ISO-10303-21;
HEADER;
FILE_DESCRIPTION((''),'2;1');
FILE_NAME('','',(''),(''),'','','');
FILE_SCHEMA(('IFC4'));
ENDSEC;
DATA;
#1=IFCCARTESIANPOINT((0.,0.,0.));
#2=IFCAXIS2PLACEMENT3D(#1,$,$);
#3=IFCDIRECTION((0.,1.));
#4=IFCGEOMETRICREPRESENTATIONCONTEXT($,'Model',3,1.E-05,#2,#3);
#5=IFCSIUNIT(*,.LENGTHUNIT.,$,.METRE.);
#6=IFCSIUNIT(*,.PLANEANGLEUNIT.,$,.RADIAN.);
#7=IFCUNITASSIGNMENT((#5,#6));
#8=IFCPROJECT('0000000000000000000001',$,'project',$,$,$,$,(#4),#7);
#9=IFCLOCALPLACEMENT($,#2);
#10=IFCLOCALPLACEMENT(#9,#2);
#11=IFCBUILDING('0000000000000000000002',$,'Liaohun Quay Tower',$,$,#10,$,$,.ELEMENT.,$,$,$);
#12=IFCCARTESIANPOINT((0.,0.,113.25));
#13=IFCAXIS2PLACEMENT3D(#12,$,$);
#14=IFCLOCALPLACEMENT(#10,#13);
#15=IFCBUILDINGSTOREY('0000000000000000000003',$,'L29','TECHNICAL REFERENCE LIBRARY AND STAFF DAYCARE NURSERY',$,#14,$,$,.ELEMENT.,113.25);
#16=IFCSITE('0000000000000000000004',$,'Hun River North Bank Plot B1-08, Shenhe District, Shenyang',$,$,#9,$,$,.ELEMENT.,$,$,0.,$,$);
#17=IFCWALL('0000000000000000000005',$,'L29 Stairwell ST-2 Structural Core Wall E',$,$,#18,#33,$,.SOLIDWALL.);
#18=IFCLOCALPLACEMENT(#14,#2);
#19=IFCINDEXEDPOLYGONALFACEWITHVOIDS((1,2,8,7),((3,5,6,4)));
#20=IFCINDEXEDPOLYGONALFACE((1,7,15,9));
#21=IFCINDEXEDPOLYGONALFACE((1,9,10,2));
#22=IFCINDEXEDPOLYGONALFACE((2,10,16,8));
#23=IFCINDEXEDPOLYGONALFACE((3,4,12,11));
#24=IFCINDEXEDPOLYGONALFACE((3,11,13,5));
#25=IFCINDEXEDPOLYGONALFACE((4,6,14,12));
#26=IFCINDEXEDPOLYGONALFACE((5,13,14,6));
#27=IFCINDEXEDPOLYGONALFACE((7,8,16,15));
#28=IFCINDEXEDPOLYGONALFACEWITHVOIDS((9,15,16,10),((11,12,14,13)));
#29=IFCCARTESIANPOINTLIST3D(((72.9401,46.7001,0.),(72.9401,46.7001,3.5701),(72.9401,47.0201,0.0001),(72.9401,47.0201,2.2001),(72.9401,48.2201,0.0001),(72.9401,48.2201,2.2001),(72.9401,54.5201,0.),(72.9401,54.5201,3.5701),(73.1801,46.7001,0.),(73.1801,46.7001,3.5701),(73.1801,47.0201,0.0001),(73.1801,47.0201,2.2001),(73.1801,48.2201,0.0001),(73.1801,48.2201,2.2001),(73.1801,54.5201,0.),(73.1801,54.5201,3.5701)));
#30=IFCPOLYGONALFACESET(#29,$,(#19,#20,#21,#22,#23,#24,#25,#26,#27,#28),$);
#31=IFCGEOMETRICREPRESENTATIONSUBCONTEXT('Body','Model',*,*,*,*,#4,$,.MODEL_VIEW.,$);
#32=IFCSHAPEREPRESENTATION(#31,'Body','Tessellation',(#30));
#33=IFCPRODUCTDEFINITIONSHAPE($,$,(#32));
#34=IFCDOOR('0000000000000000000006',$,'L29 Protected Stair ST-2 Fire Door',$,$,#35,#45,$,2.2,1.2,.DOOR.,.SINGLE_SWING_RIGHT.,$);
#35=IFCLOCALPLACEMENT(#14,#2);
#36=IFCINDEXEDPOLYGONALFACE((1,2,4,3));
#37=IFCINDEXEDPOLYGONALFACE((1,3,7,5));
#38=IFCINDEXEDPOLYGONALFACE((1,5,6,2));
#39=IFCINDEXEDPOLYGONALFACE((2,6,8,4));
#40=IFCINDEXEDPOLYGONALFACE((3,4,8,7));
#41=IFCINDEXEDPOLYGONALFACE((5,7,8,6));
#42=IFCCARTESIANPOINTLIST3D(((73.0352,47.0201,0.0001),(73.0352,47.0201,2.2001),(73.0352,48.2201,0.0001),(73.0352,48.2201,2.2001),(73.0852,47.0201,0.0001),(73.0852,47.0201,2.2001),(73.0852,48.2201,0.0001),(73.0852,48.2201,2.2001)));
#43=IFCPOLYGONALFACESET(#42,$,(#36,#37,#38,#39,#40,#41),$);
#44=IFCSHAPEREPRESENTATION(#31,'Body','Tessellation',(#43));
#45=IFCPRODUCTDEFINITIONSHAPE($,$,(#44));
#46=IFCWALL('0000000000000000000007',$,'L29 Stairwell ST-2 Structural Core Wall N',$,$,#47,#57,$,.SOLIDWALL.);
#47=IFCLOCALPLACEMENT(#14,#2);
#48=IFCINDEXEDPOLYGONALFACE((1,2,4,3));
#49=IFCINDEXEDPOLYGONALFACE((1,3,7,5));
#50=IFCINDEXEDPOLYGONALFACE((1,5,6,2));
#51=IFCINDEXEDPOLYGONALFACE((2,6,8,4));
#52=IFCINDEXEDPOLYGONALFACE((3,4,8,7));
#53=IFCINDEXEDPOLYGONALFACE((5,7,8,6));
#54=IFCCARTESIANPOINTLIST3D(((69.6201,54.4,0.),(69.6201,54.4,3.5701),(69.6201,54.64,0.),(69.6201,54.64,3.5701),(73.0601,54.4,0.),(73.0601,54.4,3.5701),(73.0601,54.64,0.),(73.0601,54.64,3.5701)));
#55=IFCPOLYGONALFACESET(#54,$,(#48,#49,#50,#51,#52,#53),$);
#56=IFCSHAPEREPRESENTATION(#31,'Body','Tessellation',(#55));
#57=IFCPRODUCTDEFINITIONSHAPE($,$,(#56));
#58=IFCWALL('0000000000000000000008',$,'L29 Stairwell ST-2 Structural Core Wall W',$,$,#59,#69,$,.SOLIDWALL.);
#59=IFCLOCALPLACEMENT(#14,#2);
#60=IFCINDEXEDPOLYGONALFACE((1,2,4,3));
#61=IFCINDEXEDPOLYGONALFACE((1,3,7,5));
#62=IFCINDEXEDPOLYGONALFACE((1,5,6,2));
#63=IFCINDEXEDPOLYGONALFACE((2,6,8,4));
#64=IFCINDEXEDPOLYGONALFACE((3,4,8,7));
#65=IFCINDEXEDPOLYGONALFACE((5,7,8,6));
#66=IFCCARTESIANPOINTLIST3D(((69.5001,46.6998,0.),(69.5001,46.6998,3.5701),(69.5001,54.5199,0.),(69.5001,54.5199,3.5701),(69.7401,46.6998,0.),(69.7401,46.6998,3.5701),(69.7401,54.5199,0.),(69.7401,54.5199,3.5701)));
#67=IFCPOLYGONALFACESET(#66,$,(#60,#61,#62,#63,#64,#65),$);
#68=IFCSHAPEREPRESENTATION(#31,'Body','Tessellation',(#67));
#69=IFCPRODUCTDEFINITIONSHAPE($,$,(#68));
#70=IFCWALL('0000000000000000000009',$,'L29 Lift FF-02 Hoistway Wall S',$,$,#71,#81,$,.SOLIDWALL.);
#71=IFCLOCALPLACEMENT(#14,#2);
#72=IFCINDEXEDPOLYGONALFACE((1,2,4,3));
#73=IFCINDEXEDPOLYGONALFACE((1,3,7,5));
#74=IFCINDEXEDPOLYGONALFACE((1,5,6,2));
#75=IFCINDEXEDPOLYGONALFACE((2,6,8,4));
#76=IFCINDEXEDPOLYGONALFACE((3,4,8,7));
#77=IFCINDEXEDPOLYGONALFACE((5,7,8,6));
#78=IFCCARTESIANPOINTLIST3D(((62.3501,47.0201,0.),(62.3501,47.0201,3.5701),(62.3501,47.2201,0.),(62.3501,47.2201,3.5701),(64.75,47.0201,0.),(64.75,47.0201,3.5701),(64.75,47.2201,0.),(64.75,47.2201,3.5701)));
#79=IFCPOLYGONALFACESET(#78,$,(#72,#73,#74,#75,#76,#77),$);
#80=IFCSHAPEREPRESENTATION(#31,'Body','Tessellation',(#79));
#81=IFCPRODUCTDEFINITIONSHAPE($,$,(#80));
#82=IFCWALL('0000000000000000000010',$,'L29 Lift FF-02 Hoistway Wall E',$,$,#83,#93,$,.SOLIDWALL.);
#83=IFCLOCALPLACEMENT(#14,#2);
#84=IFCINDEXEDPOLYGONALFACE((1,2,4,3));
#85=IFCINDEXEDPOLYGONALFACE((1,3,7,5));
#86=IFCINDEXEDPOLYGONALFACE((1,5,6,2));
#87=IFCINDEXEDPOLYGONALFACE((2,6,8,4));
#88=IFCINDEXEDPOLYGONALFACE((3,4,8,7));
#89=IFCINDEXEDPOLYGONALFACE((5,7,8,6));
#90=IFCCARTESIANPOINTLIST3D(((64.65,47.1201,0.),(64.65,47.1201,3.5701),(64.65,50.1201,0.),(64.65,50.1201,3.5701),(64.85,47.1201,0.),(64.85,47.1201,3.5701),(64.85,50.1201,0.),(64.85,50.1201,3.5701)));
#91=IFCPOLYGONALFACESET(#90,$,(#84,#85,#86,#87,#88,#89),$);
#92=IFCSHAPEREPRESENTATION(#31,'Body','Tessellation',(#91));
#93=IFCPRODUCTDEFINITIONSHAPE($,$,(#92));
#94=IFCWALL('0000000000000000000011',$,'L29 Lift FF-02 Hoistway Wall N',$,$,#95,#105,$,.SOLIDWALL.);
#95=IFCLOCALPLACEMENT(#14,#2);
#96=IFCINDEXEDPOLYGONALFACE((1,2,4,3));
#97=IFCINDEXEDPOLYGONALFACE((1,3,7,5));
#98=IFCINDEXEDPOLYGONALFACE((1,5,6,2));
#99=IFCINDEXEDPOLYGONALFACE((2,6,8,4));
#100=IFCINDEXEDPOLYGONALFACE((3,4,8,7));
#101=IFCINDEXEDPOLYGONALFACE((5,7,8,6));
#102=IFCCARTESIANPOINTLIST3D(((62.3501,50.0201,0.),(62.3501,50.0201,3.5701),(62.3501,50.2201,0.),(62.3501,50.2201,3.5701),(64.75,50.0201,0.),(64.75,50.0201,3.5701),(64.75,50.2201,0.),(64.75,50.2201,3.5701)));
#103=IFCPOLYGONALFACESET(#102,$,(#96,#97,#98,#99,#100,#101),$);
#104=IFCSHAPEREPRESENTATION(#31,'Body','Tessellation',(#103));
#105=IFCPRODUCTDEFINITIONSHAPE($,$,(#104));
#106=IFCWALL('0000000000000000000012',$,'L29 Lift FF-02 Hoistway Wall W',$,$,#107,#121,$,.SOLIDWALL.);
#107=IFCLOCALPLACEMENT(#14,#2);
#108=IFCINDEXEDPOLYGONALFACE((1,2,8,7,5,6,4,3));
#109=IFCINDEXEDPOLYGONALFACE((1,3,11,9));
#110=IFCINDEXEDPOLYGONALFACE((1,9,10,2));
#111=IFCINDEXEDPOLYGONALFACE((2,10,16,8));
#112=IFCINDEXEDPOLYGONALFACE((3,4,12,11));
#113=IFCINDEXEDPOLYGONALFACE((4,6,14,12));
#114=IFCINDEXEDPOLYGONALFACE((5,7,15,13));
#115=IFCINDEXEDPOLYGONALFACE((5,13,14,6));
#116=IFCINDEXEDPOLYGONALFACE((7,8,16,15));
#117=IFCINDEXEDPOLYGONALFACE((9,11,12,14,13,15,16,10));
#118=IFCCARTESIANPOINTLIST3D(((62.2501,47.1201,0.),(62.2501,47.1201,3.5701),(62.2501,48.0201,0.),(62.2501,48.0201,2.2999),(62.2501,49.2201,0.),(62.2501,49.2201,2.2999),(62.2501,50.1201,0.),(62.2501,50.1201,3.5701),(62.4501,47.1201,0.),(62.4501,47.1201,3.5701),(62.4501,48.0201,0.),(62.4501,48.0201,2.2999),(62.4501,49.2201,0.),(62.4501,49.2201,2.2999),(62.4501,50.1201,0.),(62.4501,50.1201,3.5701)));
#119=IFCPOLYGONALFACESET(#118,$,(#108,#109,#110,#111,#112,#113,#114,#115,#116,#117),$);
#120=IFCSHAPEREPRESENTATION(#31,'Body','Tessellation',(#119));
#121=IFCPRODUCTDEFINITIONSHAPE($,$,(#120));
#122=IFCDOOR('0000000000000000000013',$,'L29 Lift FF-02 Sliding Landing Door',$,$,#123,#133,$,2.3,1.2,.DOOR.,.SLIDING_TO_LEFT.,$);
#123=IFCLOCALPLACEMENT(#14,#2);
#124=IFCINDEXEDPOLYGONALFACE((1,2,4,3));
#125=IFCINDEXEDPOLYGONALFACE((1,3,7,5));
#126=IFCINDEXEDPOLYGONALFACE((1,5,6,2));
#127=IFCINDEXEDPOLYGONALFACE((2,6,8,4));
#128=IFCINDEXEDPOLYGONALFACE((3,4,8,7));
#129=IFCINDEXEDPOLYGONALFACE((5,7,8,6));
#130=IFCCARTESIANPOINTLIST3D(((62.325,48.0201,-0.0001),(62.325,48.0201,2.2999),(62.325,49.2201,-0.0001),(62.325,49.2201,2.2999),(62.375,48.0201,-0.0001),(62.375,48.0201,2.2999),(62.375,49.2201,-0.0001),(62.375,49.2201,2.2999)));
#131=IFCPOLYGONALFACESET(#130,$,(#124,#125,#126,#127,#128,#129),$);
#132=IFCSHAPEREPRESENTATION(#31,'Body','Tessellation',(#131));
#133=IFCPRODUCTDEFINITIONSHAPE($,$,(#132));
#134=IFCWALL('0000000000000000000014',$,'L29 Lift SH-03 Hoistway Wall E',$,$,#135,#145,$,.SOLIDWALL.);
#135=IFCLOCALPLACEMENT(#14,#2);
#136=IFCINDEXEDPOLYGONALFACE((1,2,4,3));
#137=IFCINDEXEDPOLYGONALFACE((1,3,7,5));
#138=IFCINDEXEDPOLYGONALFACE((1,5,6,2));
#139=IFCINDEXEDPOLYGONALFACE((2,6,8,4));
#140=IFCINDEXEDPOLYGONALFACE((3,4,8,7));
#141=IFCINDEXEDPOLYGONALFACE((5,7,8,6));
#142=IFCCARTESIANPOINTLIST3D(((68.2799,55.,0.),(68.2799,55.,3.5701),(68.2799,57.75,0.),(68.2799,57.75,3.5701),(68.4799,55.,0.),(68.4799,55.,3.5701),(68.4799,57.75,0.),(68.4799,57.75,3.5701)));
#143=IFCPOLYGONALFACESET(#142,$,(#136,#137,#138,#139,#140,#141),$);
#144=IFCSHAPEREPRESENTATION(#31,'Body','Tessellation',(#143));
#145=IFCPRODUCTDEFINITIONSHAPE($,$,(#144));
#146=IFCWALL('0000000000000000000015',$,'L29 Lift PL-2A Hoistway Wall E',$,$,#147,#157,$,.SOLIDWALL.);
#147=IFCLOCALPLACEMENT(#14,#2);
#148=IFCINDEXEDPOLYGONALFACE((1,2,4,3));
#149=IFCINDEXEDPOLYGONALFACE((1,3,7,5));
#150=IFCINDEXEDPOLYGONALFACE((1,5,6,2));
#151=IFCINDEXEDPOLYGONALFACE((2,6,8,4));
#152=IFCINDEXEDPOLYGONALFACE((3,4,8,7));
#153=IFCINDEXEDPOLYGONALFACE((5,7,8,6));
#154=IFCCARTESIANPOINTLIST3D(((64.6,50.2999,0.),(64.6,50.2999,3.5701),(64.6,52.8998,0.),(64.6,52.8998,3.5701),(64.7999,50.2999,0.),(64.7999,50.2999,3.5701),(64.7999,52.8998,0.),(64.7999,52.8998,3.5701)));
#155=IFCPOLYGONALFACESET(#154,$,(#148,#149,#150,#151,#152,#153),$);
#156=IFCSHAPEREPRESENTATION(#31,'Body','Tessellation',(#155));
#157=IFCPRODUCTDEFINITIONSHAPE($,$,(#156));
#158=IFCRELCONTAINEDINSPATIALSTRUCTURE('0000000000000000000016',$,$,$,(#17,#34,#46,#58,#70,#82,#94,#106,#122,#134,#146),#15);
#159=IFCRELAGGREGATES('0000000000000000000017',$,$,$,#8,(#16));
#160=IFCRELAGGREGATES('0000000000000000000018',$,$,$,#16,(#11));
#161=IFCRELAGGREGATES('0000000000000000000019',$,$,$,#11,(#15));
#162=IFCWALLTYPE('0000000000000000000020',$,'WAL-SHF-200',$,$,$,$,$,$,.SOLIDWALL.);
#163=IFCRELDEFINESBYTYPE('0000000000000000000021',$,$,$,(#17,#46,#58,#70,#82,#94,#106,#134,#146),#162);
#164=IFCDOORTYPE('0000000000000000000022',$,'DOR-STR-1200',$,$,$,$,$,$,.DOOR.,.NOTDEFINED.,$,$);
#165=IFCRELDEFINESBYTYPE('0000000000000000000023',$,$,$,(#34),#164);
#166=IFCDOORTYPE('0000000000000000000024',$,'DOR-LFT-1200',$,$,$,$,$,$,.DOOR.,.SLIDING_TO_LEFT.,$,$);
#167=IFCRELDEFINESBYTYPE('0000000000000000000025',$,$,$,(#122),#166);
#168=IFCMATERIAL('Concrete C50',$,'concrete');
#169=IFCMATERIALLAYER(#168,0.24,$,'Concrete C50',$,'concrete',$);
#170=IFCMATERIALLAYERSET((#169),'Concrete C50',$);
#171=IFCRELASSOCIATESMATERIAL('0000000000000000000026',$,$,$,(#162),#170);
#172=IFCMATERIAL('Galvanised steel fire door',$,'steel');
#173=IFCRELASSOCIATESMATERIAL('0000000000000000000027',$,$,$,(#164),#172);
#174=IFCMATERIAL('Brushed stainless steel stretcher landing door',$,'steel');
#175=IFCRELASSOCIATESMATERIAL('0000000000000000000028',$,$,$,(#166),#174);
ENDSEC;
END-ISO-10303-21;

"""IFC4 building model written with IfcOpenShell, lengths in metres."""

from ifc_helpers import new_model, si_unit, direction, frame, frame_2d, origin, place, context, subcontext, project, spatial, rectangle, extrude, source, transform, mapped, material, layer, layer_set, type_object, element, fill, save


model = new_model("IFC4")

# Units and contexts
model_context = context("Model", 3, precision=1e-05, world=origin(), true_north=direction((0.0, 1.0)))
body_context = subcontext(model_context, "Body", "Model", "MODEL_VIEW")
ifc_project = project(units=[si_unit("LENGTHUNIT", "METRE"), si_unit("PLANEANGLEUNIT", "RADIAN")], contexts=[model_context])

# Site, building, storey
site_placement = place(None, origin())
site = spatial("IfcSite", under=ifc_project, at=site_placement, Name="Hun River North Bank Plot B1-08, Shenhe District, Shenyang", CompositionType="ELEMENT", RefElevation=0.0)
building_placement = place(site_placement, origin())
building = spatial("IfcBuilding", under=site, at=building_placement, Name="Liaohun Quay Tower", CompositionType="ELEMENT")
storey_placement = place(building_placement, frame((0.0, 0.0, 113.25)))
storey = spatial("IfcBuildingStorey", under=building, at=storey_placement, Name="L29", Description="TECHNICAL REFERENCE LIBRARY AND STAFF DAYCARE NURSERY", CompositionType="ELEMENT", Elevation=113.25)

# Wall, opening, door
ifc_material_1 = material(Name="Concrete C50", Category="concrete")
ifc_layer_1 = layer(ifc_material_1, 0.24, Name="Concrete C50", Category="concrete")
ifc_layer_set_1 = layer_set([ifc_layer_1], Name="Concrete C50")
wall_type_1 = type_object("IfcWallType", Name="WAL-SHF-200", PredefinedType="SOLIDWALL", material=ifc_layer_set_1)
wall_1_placement = place(storey_placement, frame((73.0601, 46.7, 0.0), z_axis=(0.0, 0.0, 1.0), x_axis=(0.0, 1.0, 0.0)))
wall_1 = element("IfcWall", 1, at=wall_1_placement, inside=storey, type_object=wall_type_1, Name="L29 Stairwell ST-2 Structural Core Wall E", PredefinedType="SOLIDWALL", context=body_context, shape_type="SweptSolid", body=[
    extrude(rectangle(XDim=7.8201, YDim=0.24, at=frame_2d((3.9102, 0.0))), origin(), (0.0, 0.0, 1.0), 3.5701),
])
shared_shape_1 = source(origin(), body_context, "Body", "SweptSolid", [
    extrude(rectangle(XDim=1.2, YDim=2.2, at=frame_2d((0.6001, 1.1001))), frame((0.0, 0.1299, 0.0), z_axis=(0.0, -1.0, 0.0), x_axis=(1.0, 0.0, 0.0)), (0.0, 0.0, 1.0), 0.26),
])
opening_1_placement = place(wall_1_placement, frame((0.3201, 0.0, 0.0)))
opening_1 = element("IfcOpeningElement", 2, at=opening_1_placement, cuts=wall_1, PredefinedType="OPENING", context=body_context, shape_type="MappedRepresentation", body=[
    mapped(shared_shape_1, transform((0.0, 0.0, 0.0), x_axis=(1.0, 0.0, 0.0), y_axis=(0.0, 1.0, 0.0), z_axis=(0.0, 0.0, 1.0), scale=1.0)),
])
ifc_material_2 = material(Name="Galvanised steel fire door", Category="steel")
door_type_1 = type_object("IfcDoorType", Name="DOR-STR-1200", OperationType="NOTDEFINED", PredefinedType="DOOR", material=ifc_material_2)
shared_shape_2 = source(origin(), body_context, "Body", "SweptSolid", [
    extrude(rectangle(XDim=1.2, YDim=2.2, at=frame_2d((0.6001, 1.1001))), frame((0.0, 0.0249, 0.0), z_axis=(0.0, -1.0, 0.0), x_axis=(1.0, 0.0, 0.0)), (0.0, 0.0, 1.0), 0.05),
])
door_1_placement = place(opening_1_placement, origin())
door_1 = element("IfcDoor", 3, at=door_1_placement, inside=storey, type_object=door_type_1, Name="L29 Protected Stair ST-2 Fire Door", OperationType="SINGLE_SWING_RIGHT", OverallHeight=2.2, OverallWidth=1.2, PredefinedType="DOOR", context=body_context, shape_type="MappedRepresentation", body=[
    mapped(shared_shape_2, transform((0.0, 0.0, 0.0), x_axis=(1.0, 0.0, 0.0), y_axis=(0.0, 1.0, 0.0), z_axis=(0.0, 0.0, 1.0), scale=1.0)),
])
fill(opening_1, door_1)

# Walls
wall_2_placement = place(storey_placement, frame((73.0601, 54.52, 0.0), z_axis=(0.0, 0.0, 1.0), x_axis=(-1.0, 0.0, 0.0)))
element("IfcWall", 4, at=wall_2_placement, inside=storey, type_object=wall_type_1, Name="L29 Stairwell ST-2 Structural Core Wall N", PredefinedType="SOLIDWALL", context=body_context, shape_type="SweptSolid", body=[
    extrude(rectangle(XDim=3.4399, YDim=0.24, at=frame_2d((1.72, 0.0))), origin(), (0.0, 0.0, 1.0), 3.5701),
])
wall_3_placement = place(storey_placement, frame((69.6201, 54.52, 0.0), z_axis=(0.0, 0.0, 1.0), x_axis=(0.0, -1.0, 0.0)))
element("IfcWall", 5, at=wall_3_placement, inside=storey, type_object=wall_type_1, Name="L29 Stairwell ST-2 Structural Core Wall W", PredefinedType="SOLIDWALL", context=body_context, shape_type="SweptSolid", body=[
    extrude(rectangle(XDim=7.8201, YDim=0.24, at=frame_2d((3.9102, 0.0))), origin(), (0.0, 0.0, 1.0), 3.5701),
])
wall_4_placement = place(storey_placement, frame((62.3501, 47.1201, 0.0), z_axis=(0.0, 0.0, 1.0), x_axis=(1.0, 0.0, 0.0)))
element("IfcWall", 6, at=wall_4_placement, inside=storey, type_object=wall_type_1, Name="L29 Lift FF-02 Hoistway Wall S", PredefinedType="SOLIDWALL", context=body_context, shape_type="SweptSolid", body=[
    extrude(rectangle(XDim=2.3999, YDim=0.2, at=frame_2d((1.2, 0.0))), origin(), (0.0, 0.0, 1.0), 3.5701),
])
wall_5_placement = place(storey_placement, frame((64.75, 47.1201, 0.0), z_axis=(0.0, 0.0, 1.0), x_axis=(0.0, 1.0, 0.0)))
element("IfcWall", 7, at=wall_5_placement, inside=storey, type_object=wall_type_1, Name="L29 Lift FF-02 Hoistway Wall E", PredefinedType="SOLIDWALL", context=body_context, shape_type="SweptSolid", body=[
    extrude(rectangle(XDim=3.0, YDim=0.2, at=frame_2d((1.5, 0.0))), origin(), (0.0, 0.0, 1.0), 3.5701),
])
wall_6_placement = place(storey_placement, frame((64.75, 50.1201, 0.0), z_axis=(0.0, 0.0, 1.0), x_axis=(-1.0, 0.0, 0.0)))
element("IfcWall", 8, at=wall_6_placement, inside=storey, type_object=wall_type_1, Name="L29 Lift FF-02 Hoistway Wall N", PredefinedType="SOLIDWALL", context=body_context, shape_type="SweptSolid", body=[
    extrude(rectangle(XDim=2.3999, YDim=0.2, at=frame_2d((1.2, 0.0))), origin(), (0.0, 0.0, 1.0), 3.5701),
])

# Wall, opening, door
wall_7_placement = place(storey_placement, frame((62.3501, 50.1201, 0.0), z_axis=(0.0, 0.0, 1.0), x_axis=(0.0, -1.0, 0.0)))
wall_7 = element("IfcWall", 9, at=wall_7_placement, inside=storey, type_object=wall_type_1, Name="L29 Lift FF-02 Hoistway Wall W", PredefinedType="SOLIDWALL", context=body_context, shape_type="SweptSolid", body=[
    extrude(rectangle(XDim=3.0, YDim=0.2, at=frame_2d((1.5, 0.0))), origin(), (0.0, 0.0, 1.0), 3.5701),
])
shared_shape_3 = source(origin(), body_context, "Body", "SweptSolid", [
    extrude(rectangle(XDim=1.2, YDim=2.3, at=frame_2d((0.6001, 1.1499))), frame((0.0, 0.1099, 0.0), z_axis=(0.0, -1.0, 0.0), x_axis=(1.0, 0.0, 0.0)), (0.0, 0.0, 1.0), 0.22),
])
opening_2_placement = place(wall_7_placement, frame((0.8999, 0.0, 0.0)))
opening_2 = element("IfcOpeningElement", 10, at=opening_2_placement, cuts=wall_7, PredefinedType="OPENING", context=body_context, shape_type="MappedRepresentation", body=[
    mapped(shared_shape_3, transform((0.0, 0.0, 0.0), x_axis=(1.0, 0.0, 0.0), y_axis=(0.0, 1.0, 0.0), z_axis=(0.0, 0.0, 1.0), scale=1.0)),
])
ifc_material_3 = material(Name="Brushed stainless steel stretcher landing door", Category="steel")
door_type_2 = type_object("IfcDoorType", Name="DOR-LFT-1200", OperationType="SLIDING_TO_LEFT", PredefinedType="DOOR", material=ifc_material_3)
shared_shape_4 = source(origin(), body_context, "Body", "SweptSolid", [
    extrude(rectangle(XDim=1.2, YDim=2.3, at=frame_2d((0.6001, 1.1499))), frame((0.0, 0.0249, 0.0), z_axis=(0.0, -1.0, 0.0), x_axis=(1.0, 0.0, 0.0)), (0.0, 0.0, 1.0), 0.05),
])
door_2_placement = place(opening_2_placement, origin())
door_2 = element("IfcDoor", 11, at=door_2_placement, inside=storey, type_object=door_type_2, Name="L29 Lift FF-02 Sliding Landing Door", OperationType="SLIDING_TO_LEFT", OverallHeight=2.3, OverallWidth=1.2, PredefinedType="DOOR", context=body_context, shape_type="MappedRepresentation", body=[
    mapped(shared_shape_4, transform((0.0, 0.0, 0.0), x_axis=(1.0, 0.0, 0.0), y_axis=(0.0, 1.0, 0.0), z_axis=(0.0, 0.0, 1.0), scale=1.0)),
])
fill(opening_2, door_2)

# Walls
wall_8_placement = place(storey_placement, frame((68.3799, 55.0, 0.0), z_axis=(0.0, 0.0, 1.0), x_axis=(0.0, 1.0, 0.0)))
element("IfcWall", 12, at=wall_8_placement, inside=storey, type_object=wall_type_1, Name="L29 Lift SH-03 Hoistway Wall E", PredefinedType="SOLIDWALL", context=body_context, shape_type="SweptSolid", body=[
    extrude(rectangle(XDim=2.75, YDim=0.2, at=frame_2d((1.375, 0.0))), origin(), (0.0, 0.0, 1.0), 3.5701),
])
wall_9_placement = place(storey_placement, frame((64.7, 50.3, 0.0), z_axis=(0.0, 0.0, 1.0), x_axis=(0.0, 1.0, 0.0)))
element("IfcWall", 13, at=wall_9_placement, inside=storey, type_object=wall_type_1, Name="L29 Lift PL-2A Hoistway Wall E", PredefinedType="SOLIDWALL", context=body_context, shape_type="SweptSolid", body=[
    extrude(rectangle(XDim=2.5999, YDim=0.2, at=frame_2d((1.2998, 0.0))), origin(), (0.0, 0.0, 1.0), 3.5701),
])

save(model, "model.ifc")
